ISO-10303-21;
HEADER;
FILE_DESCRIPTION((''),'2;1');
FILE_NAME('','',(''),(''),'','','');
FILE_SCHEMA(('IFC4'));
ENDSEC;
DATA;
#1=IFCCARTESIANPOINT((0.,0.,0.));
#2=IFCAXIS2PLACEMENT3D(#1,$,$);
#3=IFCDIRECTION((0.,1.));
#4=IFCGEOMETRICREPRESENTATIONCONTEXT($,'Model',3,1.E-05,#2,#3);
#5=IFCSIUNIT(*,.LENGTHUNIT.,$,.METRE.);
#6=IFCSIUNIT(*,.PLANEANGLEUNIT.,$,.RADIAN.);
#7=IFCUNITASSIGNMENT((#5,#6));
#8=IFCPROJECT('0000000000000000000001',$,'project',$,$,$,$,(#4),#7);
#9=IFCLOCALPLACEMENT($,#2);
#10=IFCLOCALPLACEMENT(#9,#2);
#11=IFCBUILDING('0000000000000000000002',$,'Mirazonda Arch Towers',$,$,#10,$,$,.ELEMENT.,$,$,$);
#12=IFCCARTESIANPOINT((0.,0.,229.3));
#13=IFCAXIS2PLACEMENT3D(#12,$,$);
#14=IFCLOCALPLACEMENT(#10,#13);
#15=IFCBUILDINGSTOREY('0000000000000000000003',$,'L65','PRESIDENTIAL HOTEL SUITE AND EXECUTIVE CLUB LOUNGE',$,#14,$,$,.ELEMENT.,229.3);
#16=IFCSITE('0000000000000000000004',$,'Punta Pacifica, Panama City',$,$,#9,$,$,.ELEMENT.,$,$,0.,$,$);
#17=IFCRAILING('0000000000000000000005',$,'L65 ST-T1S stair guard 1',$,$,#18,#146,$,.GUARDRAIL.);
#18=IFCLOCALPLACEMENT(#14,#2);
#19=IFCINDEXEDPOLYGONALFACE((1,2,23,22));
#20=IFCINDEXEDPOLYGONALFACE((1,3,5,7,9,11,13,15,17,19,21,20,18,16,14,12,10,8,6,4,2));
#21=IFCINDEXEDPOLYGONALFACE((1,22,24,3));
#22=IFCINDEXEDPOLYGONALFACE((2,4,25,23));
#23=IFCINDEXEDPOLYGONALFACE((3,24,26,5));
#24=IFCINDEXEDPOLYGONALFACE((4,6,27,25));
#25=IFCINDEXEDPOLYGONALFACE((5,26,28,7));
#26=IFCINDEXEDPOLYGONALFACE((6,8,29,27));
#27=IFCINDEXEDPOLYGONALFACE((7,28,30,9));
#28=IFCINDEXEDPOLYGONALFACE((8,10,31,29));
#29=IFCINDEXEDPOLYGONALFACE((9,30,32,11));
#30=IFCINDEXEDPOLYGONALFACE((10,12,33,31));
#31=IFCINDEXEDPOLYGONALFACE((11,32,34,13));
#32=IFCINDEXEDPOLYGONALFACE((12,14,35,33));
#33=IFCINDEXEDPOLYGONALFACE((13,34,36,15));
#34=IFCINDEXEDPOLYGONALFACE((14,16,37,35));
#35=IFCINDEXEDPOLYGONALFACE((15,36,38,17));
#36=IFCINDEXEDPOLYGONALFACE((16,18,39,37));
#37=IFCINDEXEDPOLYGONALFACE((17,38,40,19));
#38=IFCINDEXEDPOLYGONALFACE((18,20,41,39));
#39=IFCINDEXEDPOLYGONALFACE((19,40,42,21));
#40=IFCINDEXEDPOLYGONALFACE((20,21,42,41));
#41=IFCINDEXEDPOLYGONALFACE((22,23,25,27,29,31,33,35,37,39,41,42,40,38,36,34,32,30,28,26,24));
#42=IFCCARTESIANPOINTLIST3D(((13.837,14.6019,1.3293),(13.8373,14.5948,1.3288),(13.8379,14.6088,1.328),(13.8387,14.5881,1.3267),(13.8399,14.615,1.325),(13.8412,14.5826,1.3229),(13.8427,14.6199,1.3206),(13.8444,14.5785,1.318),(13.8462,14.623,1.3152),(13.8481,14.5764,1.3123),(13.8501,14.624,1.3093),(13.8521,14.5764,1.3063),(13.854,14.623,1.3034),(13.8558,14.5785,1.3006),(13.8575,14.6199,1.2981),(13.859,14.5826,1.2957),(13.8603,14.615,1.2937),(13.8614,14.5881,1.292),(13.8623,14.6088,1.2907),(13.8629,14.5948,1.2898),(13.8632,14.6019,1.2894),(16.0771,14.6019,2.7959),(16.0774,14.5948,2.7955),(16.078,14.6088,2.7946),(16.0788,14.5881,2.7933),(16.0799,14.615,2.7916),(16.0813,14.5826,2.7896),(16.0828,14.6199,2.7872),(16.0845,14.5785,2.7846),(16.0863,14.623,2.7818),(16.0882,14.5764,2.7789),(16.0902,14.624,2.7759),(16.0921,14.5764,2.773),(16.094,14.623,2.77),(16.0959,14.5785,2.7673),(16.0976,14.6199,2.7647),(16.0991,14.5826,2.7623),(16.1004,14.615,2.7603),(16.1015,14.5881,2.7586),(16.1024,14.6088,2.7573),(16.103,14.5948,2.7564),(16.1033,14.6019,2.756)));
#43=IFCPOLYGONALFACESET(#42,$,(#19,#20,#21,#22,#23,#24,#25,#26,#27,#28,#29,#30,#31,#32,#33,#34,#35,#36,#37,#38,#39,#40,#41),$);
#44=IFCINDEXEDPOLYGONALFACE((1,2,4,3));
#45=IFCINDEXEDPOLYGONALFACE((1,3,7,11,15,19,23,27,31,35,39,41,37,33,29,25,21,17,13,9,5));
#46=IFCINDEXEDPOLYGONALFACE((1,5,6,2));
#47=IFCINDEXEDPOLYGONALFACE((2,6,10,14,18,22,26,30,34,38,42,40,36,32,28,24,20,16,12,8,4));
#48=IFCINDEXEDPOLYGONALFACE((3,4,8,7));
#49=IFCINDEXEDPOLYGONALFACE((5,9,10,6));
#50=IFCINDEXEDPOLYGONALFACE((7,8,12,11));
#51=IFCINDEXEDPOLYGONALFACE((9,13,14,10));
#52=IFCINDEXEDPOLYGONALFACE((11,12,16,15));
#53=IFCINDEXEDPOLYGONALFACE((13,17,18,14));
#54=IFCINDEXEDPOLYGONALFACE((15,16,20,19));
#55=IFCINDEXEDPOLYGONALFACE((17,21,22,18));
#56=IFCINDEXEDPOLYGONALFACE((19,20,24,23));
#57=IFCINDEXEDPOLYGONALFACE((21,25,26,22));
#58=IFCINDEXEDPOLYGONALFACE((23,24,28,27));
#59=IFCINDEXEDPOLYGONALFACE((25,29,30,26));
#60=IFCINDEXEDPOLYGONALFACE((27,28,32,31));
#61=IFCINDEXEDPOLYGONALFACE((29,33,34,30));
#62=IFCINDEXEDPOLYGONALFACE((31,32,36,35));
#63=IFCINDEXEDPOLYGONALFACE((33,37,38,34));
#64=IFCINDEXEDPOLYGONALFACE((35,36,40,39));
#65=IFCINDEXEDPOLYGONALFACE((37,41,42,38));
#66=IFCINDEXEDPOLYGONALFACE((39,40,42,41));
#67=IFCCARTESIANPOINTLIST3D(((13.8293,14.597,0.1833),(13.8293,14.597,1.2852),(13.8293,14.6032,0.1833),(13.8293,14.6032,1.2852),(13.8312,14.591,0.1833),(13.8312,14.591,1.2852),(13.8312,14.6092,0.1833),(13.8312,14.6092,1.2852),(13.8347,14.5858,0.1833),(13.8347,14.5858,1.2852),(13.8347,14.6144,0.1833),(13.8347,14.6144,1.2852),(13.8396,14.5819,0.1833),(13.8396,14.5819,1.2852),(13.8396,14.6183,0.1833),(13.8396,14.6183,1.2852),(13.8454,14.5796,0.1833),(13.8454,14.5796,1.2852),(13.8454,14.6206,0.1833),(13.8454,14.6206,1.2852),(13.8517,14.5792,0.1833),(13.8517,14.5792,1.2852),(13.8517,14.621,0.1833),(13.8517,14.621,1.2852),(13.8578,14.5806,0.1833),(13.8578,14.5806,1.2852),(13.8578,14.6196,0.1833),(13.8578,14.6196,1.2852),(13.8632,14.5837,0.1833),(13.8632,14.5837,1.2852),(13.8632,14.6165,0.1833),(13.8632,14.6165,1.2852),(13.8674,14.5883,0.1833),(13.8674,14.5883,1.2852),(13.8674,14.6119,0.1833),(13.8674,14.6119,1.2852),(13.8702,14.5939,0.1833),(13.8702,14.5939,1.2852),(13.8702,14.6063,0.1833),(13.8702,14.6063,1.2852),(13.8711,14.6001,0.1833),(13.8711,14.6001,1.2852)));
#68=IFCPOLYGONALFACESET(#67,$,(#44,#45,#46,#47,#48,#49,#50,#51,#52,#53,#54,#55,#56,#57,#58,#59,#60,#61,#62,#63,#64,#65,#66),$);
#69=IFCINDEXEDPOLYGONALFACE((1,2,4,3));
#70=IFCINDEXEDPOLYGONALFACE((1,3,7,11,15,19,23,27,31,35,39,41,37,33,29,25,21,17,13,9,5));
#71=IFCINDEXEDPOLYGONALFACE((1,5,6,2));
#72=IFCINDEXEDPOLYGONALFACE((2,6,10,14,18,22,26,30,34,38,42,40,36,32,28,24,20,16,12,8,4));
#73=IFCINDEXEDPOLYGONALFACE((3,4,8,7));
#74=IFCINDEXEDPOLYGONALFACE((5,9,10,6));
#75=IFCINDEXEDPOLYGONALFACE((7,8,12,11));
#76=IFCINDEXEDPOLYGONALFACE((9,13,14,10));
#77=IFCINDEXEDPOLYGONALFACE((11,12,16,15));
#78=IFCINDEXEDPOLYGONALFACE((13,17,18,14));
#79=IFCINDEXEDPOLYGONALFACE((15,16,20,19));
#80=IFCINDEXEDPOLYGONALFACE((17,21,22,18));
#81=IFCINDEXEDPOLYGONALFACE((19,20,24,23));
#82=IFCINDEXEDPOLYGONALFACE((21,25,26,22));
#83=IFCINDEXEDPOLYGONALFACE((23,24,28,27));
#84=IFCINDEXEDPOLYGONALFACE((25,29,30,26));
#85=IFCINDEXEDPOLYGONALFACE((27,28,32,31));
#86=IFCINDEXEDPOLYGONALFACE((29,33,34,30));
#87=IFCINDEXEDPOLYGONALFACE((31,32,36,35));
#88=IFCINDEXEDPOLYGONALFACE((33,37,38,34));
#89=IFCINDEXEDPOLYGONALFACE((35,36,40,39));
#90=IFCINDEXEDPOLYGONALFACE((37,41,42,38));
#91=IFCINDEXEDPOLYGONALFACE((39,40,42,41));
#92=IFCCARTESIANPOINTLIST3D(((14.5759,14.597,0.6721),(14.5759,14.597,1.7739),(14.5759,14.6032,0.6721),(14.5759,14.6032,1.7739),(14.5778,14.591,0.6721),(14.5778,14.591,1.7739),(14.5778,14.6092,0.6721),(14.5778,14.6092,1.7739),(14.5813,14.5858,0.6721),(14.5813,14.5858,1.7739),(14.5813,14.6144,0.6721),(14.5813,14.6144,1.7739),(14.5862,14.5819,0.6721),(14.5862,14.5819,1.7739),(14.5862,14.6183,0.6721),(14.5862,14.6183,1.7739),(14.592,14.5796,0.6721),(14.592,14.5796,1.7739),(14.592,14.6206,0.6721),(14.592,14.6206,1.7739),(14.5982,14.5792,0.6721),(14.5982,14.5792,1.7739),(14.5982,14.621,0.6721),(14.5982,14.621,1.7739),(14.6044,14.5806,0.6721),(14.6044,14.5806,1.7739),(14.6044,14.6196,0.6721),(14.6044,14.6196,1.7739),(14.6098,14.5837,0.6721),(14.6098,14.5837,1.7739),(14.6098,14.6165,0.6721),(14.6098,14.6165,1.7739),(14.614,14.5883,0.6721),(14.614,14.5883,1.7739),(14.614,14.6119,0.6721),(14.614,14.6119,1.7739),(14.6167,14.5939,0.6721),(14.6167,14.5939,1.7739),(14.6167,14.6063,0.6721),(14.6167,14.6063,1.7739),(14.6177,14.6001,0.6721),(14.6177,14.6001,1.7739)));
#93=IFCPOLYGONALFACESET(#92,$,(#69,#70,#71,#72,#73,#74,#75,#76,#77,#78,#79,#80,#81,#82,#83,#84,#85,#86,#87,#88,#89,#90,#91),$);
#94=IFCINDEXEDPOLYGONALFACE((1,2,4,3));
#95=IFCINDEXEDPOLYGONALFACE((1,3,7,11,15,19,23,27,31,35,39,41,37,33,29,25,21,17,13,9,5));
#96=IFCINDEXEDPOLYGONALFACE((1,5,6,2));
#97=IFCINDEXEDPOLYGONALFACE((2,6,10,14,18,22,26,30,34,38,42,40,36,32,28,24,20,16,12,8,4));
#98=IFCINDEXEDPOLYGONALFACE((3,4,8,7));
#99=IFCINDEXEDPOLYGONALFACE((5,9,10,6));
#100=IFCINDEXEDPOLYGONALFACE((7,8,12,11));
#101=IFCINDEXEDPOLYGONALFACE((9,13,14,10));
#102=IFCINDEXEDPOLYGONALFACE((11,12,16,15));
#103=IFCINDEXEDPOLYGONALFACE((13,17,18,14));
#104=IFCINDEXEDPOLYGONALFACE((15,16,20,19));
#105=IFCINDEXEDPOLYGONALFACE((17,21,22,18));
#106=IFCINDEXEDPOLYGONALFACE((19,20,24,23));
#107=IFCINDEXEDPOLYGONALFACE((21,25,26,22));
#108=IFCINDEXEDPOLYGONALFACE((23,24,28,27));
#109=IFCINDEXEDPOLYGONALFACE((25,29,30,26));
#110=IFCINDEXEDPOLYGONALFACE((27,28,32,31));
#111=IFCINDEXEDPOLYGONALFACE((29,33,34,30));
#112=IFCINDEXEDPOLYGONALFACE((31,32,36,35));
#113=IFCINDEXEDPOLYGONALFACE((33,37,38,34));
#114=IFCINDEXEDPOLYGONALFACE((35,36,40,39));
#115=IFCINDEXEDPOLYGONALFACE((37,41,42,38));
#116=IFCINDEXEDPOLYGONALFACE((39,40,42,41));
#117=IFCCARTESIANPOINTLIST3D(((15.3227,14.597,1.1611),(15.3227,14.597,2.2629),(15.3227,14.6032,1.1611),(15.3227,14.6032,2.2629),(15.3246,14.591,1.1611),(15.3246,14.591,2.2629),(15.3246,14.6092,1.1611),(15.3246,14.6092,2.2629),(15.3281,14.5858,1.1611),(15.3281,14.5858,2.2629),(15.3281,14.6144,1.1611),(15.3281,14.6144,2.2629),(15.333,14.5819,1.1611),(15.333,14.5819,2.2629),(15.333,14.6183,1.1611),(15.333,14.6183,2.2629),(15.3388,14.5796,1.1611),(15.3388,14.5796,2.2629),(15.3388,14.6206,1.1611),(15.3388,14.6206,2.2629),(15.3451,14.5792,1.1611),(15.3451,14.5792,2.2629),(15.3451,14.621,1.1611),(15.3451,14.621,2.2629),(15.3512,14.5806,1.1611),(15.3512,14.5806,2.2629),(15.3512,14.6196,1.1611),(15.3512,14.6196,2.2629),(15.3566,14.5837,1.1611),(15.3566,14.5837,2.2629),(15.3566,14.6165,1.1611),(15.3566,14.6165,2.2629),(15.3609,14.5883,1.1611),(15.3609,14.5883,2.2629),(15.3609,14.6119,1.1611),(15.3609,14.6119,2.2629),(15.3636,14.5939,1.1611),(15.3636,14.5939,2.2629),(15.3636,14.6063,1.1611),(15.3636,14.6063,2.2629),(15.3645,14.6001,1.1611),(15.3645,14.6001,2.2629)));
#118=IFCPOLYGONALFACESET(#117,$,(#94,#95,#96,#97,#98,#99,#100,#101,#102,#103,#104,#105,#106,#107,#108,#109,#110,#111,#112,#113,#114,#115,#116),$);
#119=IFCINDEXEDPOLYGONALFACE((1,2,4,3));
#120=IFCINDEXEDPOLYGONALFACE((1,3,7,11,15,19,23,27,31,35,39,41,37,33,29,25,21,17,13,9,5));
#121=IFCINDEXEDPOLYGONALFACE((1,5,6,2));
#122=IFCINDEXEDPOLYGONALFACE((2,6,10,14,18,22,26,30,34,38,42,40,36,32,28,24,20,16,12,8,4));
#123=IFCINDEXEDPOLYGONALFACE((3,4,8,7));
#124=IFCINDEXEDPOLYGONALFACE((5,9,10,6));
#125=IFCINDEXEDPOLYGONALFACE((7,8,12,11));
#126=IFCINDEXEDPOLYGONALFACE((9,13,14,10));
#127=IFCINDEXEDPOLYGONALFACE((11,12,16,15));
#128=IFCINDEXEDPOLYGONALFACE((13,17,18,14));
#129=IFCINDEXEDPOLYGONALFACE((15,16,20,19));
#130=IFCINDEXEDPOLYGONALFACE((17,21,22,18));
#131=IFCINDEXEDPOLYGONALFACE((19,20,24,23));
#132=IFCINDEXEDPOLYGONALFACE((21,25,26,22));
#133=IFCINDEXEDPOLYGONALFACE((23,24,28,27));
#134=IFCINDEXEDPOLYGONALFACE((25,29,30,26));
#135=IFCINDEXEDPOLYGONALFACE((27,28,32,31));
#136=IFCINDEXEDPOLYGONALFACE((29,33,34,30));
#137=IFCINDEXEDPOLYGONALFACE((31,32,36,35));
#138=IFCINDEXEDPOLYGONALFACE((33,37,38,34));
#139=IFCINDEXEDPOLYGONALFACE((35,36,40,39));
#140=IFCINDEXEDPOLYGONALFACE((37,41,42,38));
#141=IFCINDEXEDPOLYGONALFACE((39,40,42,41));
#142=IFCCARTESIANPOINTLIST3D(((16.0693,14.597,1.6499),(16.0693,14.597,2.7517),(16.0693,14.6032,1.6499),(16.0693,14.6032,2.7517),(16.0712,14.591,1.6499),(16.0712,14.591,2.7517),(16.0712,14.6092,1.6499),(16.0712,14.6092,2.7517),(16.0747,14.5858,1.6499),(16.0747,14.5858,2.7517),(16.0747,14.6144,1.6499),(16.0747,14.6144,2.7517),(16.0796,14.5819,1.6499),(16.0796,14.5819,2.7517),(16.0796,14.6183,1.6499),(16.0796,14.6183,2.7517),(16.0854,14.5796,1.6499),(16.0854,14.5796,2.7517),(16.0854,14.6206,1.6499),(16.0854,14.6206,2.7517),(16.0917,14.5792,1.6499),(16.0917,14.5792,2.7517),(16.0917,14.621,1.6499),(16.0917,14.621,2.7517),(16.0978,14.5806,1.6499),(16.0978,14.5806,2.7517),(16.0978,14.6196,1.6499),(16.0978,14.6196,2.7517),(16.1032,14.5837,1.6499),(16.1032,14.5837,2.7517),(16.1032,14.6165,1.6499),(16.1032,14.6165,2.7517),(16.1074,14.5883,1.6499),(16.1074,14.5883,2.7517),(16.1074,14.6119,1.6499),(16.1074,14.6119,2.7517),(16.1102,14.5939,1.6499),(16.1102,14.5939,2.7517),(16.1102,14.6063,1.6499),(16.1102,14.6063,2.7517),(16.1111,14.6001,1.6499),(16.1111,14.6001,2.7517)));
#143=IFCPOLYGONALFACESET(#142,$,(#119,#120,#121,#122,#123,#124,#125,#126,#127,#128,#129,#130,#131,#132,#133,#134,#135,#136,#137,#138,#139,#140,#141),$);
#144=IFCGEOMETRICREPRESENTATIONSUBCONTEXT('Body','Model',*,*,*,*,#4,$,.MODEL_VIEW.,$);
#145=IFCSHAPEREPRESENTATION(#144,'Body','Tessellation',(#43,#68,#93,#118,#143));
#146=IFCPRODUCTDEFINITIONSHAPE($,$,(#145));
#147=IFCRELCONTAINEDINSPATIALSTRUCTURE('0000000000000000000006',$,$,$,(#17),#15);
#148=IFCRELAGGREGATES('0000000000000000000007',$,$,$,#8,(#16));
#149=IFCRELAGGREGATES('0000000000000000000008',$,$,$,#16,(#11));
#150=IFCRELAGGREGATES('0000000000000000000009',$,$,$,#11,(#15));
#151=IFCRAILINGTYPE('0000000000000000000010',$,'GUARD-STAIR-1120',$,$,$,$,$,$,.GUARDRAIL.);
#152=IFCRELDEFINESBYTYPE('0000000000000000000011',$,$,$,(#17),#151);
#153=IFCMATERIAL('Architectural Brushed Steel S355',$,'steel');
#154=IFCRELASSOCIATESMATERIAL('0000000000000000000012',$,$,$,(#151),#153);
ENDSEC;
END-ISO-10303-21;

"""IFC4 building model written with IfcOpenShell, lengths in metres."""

from ifc_helpers import new_model, si_unit, direction, frame, origin, origin_2d, place, context, subcontext, project, spatial, circle, extrude, material, type_object, element, save


model = new_model("IFC4")

# Units and contexts
model_context = context("Model", 3, precision=1e-05, world=origin(), true_north=direction((0.0, 1.0)))
body_context = subcontext(model_context, "Body", "Model", "MODEL_VIEW")
ifc_project = project(units=[si_unit("LENGTHUNIT", "METRE"), si_unit("PLANEANGLEUNIT", "RADIAN")], contexts=[model_context])

# Site, building, storey
site_placement = place(None, origin())
site = spatial("IfcSite", under=ifc_project, at=site_placement, Name="Punta Pacifica, Panama City", CompositionType="ELEMENT", RefElevation=0.0)
building_placement = place(site_placement, origin())
building = spatial("IfcBuilding", under=site, at=building_placement, Name="Mirazonda Arch Towers", CompositionType="ELEMENT")
storey_placement = place(building_placement, frame((0.0, 0.0, 229.3)))
storey = spatial("IfcBuildingStorey", under=building, at=storey_placement, Name="L65", Description="PRESIDENTIAL HOTEL SUITE AND EXECUTIVE CLUB LOUNGE", CompositionType="ELEMENT", Elevation=229.3)

# Shared definitions
ifc_material_1 = material(Name="Architectural Brushed Steel S355", Category="steel")

# Railing
railing_type_1 = type_object("IfcRailingType", Name="GUARD-STAIR-1120", PredefinedType="GUARDRAIL", material=ifc_material_1)
railing_1_placement = place(storey_placement, frame((13.8501, 14.6001, 0.1833)))
element("IfcRailing", 1, at=railing_1_placement, inside=storey, type_object=railing_type_1, Name="L65 ST-T1S stair guard 1", PredefinedType="GUARDRAIL", context=body_context, shape_type="SweptSolid", body=[
    extrude(circle(Radius=0.0239, at=origin_2d()), frame((0.0, 0.0, 1.126), z_axis=(0.836637, 0.0, 0.547758), x_axis=(0.0, 1.0, 0.0)), (0.0, 0.0, 1.0), 2.6775),
    extrude(circle(Radius=0.021, at=origin_2d()), origin(), (0.0, 0.0, 1.0), 1.1018),
    extrude(circle(Radius=0.021, at=origin_2d()), frame((0.7466, 0.0, 0.4888)), (0.0, 0.0, 1.0), 1.1018),
    extrude(circle(Radius=0.021, at=origin_2d()), frame((1.4934, 0.0, 0.9778)), (0.0, 0.0, 1.0), 1.1018),
    extrude(circle(Radius=0.021, at=origin_2d()), frame((2.24, 0.0, 1.4666)), (0.0, 0.0, 1.0), 1.1018),
])

save(model, "model.ifc")
